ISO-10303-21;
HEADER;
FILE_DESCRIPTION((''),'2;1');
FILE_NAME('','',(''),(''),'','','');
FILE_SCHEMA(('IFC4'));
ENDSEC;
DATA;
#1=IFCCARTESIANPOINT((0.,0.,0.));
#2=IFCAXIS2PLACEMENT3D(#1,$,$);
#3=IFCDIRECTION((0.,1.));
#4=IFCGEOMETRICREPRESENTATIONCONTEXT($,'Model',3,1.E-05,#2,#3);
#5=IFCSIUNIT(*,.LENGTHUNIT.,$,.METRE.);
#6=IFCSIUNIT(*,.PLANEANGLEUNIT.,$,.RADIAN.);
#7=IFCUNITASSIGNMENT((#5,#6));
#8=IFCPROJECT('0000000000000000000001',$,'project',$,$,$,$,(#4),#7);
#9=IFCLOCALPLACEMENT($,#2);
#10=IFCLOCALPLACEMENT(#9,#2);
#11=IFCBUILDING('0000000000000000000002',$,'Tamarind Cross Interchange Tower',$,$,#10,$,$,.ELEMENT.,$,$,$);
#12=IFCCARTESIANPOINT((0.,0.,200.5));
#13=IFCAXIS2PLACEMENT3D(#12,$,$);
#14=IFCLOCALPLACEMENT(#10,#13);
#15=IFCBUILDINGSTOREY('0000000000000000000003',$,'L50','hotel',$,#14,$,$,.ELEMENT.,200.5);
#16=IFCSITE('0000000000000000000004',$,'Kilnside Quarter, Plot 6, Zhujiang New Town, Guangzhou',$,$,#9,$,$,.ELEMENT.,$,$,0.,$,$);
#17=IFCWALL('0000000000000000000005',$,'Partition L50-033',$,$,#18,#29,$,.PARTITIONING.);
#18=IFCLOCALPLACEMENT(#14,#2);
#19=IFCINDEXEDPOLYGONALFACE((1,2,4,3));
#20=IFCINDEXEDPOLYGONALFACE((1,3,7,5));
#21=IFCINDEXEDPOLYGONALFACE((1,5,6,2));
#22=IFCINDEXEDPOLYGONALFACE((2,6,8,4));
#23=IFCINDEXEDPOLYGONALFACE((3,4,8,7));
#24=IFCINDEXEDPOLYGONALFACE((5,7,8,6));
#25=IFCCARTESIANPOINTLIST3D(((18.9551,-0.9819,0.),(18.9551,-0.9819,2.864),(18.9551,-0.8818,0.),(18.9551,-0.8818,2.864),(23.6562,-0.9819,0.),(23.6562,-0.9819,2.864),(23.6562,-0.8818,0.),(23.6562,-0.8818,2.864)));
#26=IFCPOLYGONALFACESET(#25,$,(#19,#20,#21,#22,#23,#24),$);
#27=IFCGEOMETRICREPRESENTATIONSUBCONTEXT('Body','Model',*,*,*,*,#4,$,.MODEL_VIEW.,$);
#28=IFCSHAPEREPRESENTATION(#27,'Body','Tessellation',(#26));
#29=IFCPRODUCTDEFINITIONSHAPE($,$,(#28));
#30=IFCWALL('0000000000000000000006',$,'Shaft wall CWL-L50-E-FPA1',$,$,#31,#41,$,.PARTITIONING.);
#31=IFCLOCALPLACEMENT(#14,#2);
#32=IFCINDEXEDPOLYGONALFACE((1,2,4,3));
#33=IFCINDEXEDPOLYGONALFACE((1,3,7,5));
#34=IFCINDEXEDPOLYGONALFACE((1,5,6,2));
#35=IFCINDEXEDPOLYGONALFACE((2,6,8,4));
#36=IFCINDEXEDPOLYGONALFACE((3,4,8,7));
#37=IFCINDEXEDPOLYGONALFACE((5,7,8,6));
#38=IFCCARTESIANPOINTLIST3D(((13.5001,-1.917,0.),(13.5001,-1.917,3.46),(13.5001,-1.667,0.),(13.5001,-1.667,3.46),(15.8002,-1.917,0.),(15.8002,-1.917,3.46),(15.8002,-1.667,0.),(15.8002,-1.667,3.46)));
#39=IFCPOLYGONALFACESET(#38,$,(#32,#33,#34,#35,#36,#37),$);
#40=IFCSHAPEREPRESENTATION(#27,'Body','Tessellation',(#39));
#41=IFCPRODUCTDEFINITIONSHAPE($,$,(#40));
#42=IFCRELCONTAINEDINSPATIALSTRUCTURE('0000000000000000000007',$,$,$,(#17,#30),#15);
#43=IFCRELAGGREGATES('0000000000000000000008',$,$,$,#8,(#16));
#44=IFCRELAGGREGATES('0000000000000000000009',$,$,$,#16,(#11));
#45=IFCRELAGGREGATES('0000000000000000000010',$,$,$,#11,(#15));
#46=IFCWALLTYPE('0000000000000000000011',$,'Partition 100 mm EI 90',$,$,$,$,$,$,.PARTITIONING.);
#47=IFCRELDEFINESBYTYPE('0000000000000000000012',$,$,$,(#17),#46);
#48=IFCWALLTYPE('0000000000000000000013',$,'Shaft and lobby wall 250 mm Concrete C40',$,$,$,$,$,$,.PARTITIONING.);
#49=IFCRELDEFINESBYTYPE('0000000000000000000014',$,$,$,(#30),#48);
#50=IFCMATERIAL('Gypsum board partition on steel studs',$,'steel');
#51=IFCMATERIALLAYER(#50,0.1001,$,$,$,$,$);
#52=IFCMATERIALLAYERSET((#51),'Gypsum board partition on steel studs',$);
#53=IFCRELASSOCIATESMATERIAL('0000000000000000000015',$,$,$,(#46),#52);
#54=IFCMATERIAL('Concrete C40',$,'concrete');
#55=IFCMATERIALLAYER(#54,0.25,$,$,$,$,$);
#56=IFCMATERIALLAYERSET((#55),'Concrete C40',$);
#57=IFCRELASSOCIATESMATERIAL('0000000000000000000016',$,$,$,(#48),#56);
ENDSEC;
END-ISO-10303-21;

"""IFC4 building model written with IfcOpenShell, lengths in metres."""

from ifc_helpers import new_model, si_unit, direction, frame, frame_2d, origin, place, context, subcontext, project, spatial, rectangle, extrude, material, layer, layer_set, type_object, element, save


model = new_model("IFC4")

# Units and contexts
model_context = context("Model", 3, precision=1e-05, world=origin(), true_north=direction((0.0, 1.0)))
body_context = subcontext(model_context, "Body", "Model", "MODEL_VIEW")
ifc_project = project(units=[si_unit("LENGTHUNIT", "METRE"), si_unit("PLANEANGLEUNIT", "RADIAN")], contexts=[model_context])

# Site, building, storey
site_placement = place(None, origin())
site = spatial("IfcSite", under=ifc_project, at=site_placement, Name="Kilnside Quarter, Plot 6, Zhujiang New Town, Guangzhou", CompositionType="ELEMENT", RefElevation=0.0)
building_placement = place(site_placement, origin())
building = spatial("IfcBuilding", under=site, at=building_placement, Name="Tamarind Cross Interchange Tower", CompositionType="ELEMENT")
storey_placement = place(building_placement, frame((0.0, 0.0, 200.5)))
storey = spatial("IfcBuildingStorey", under=building, at=storey_placement, Name="L50", Description="hotel", CompositionType="ELEMENT", Elevation=200.5)

# Walls
ifc_material_1 = material(Name="Gypsum board partition on steel studs", Category="steel")
ifc_layer_1 = layer(ifc_material_1, 0.1001)
ifc_layer_set_1 = layer_set([ifc_layer_1], Name="Gypsum board partition on steel studs")
wall_type_1 = type_object("IfcWallType", Name="Partition 100 mm EI 90", PredefinedType="PARTITIONING", material=ifc_layer_set_1)
wall_1_placement = place(storey_placement, frame((18.9551, -0.9319, 0.0), z_axis=(0.0, 0.0, 1.0), x_axis=(1.0, 0.0, 0.0)))
element("IfcWall", 1, at=wall_1_placement, inside=storey, type_object=wall_type_1, Name="Partition L50-033", PredefinedType="PARTITIONING", context=body_context, shape_type="SweptSolid", body=[
    extrude(rectangle(XDim=4.7012, YDim=0.1001, at=frame_2d((2.3506, 0.0))), origin(), (0.0, 0.0, 1.0), 2.864),
])
ifc_material_2 = material(Name="Concrete C40", Category="concrete")
ifc_layer_2 = layer(ifc_material_2, 0.25)
ifc_layer_set_2 = layer_set([ifc_layer_2], Name="Concrete C40")
wall_type_2 = type_object("IfcWallType", Name="Shaft and lobby wall 250 mm Concrete C40", PredefinedType="PARTITIONING", material=ifc_layer_set_2)
wall_2_placement = place(storey_placement, frame((15.8, -1.792, 0.0), z_axis=(0.0, 0.0, 1.0), x_axis=(-1.0, 0.0, 0.0)))
element("IfcWall", 2, at=wall_2_placement, inside=storey, type_object=wall_type_2, Name="Shaft wall CWL-L50-E-FPA1", PredefinedType="PARTITIONING", context=body_context, shape_type="SweptSolid", body=[
    extrude(rectangle(XDim=2.3, YDim=0.25, at=frame_2d((1.1499, 0.0))), origin(), (0.0, 0.0, 1.0), 3.46),
])

save(model, "model.ifc")
